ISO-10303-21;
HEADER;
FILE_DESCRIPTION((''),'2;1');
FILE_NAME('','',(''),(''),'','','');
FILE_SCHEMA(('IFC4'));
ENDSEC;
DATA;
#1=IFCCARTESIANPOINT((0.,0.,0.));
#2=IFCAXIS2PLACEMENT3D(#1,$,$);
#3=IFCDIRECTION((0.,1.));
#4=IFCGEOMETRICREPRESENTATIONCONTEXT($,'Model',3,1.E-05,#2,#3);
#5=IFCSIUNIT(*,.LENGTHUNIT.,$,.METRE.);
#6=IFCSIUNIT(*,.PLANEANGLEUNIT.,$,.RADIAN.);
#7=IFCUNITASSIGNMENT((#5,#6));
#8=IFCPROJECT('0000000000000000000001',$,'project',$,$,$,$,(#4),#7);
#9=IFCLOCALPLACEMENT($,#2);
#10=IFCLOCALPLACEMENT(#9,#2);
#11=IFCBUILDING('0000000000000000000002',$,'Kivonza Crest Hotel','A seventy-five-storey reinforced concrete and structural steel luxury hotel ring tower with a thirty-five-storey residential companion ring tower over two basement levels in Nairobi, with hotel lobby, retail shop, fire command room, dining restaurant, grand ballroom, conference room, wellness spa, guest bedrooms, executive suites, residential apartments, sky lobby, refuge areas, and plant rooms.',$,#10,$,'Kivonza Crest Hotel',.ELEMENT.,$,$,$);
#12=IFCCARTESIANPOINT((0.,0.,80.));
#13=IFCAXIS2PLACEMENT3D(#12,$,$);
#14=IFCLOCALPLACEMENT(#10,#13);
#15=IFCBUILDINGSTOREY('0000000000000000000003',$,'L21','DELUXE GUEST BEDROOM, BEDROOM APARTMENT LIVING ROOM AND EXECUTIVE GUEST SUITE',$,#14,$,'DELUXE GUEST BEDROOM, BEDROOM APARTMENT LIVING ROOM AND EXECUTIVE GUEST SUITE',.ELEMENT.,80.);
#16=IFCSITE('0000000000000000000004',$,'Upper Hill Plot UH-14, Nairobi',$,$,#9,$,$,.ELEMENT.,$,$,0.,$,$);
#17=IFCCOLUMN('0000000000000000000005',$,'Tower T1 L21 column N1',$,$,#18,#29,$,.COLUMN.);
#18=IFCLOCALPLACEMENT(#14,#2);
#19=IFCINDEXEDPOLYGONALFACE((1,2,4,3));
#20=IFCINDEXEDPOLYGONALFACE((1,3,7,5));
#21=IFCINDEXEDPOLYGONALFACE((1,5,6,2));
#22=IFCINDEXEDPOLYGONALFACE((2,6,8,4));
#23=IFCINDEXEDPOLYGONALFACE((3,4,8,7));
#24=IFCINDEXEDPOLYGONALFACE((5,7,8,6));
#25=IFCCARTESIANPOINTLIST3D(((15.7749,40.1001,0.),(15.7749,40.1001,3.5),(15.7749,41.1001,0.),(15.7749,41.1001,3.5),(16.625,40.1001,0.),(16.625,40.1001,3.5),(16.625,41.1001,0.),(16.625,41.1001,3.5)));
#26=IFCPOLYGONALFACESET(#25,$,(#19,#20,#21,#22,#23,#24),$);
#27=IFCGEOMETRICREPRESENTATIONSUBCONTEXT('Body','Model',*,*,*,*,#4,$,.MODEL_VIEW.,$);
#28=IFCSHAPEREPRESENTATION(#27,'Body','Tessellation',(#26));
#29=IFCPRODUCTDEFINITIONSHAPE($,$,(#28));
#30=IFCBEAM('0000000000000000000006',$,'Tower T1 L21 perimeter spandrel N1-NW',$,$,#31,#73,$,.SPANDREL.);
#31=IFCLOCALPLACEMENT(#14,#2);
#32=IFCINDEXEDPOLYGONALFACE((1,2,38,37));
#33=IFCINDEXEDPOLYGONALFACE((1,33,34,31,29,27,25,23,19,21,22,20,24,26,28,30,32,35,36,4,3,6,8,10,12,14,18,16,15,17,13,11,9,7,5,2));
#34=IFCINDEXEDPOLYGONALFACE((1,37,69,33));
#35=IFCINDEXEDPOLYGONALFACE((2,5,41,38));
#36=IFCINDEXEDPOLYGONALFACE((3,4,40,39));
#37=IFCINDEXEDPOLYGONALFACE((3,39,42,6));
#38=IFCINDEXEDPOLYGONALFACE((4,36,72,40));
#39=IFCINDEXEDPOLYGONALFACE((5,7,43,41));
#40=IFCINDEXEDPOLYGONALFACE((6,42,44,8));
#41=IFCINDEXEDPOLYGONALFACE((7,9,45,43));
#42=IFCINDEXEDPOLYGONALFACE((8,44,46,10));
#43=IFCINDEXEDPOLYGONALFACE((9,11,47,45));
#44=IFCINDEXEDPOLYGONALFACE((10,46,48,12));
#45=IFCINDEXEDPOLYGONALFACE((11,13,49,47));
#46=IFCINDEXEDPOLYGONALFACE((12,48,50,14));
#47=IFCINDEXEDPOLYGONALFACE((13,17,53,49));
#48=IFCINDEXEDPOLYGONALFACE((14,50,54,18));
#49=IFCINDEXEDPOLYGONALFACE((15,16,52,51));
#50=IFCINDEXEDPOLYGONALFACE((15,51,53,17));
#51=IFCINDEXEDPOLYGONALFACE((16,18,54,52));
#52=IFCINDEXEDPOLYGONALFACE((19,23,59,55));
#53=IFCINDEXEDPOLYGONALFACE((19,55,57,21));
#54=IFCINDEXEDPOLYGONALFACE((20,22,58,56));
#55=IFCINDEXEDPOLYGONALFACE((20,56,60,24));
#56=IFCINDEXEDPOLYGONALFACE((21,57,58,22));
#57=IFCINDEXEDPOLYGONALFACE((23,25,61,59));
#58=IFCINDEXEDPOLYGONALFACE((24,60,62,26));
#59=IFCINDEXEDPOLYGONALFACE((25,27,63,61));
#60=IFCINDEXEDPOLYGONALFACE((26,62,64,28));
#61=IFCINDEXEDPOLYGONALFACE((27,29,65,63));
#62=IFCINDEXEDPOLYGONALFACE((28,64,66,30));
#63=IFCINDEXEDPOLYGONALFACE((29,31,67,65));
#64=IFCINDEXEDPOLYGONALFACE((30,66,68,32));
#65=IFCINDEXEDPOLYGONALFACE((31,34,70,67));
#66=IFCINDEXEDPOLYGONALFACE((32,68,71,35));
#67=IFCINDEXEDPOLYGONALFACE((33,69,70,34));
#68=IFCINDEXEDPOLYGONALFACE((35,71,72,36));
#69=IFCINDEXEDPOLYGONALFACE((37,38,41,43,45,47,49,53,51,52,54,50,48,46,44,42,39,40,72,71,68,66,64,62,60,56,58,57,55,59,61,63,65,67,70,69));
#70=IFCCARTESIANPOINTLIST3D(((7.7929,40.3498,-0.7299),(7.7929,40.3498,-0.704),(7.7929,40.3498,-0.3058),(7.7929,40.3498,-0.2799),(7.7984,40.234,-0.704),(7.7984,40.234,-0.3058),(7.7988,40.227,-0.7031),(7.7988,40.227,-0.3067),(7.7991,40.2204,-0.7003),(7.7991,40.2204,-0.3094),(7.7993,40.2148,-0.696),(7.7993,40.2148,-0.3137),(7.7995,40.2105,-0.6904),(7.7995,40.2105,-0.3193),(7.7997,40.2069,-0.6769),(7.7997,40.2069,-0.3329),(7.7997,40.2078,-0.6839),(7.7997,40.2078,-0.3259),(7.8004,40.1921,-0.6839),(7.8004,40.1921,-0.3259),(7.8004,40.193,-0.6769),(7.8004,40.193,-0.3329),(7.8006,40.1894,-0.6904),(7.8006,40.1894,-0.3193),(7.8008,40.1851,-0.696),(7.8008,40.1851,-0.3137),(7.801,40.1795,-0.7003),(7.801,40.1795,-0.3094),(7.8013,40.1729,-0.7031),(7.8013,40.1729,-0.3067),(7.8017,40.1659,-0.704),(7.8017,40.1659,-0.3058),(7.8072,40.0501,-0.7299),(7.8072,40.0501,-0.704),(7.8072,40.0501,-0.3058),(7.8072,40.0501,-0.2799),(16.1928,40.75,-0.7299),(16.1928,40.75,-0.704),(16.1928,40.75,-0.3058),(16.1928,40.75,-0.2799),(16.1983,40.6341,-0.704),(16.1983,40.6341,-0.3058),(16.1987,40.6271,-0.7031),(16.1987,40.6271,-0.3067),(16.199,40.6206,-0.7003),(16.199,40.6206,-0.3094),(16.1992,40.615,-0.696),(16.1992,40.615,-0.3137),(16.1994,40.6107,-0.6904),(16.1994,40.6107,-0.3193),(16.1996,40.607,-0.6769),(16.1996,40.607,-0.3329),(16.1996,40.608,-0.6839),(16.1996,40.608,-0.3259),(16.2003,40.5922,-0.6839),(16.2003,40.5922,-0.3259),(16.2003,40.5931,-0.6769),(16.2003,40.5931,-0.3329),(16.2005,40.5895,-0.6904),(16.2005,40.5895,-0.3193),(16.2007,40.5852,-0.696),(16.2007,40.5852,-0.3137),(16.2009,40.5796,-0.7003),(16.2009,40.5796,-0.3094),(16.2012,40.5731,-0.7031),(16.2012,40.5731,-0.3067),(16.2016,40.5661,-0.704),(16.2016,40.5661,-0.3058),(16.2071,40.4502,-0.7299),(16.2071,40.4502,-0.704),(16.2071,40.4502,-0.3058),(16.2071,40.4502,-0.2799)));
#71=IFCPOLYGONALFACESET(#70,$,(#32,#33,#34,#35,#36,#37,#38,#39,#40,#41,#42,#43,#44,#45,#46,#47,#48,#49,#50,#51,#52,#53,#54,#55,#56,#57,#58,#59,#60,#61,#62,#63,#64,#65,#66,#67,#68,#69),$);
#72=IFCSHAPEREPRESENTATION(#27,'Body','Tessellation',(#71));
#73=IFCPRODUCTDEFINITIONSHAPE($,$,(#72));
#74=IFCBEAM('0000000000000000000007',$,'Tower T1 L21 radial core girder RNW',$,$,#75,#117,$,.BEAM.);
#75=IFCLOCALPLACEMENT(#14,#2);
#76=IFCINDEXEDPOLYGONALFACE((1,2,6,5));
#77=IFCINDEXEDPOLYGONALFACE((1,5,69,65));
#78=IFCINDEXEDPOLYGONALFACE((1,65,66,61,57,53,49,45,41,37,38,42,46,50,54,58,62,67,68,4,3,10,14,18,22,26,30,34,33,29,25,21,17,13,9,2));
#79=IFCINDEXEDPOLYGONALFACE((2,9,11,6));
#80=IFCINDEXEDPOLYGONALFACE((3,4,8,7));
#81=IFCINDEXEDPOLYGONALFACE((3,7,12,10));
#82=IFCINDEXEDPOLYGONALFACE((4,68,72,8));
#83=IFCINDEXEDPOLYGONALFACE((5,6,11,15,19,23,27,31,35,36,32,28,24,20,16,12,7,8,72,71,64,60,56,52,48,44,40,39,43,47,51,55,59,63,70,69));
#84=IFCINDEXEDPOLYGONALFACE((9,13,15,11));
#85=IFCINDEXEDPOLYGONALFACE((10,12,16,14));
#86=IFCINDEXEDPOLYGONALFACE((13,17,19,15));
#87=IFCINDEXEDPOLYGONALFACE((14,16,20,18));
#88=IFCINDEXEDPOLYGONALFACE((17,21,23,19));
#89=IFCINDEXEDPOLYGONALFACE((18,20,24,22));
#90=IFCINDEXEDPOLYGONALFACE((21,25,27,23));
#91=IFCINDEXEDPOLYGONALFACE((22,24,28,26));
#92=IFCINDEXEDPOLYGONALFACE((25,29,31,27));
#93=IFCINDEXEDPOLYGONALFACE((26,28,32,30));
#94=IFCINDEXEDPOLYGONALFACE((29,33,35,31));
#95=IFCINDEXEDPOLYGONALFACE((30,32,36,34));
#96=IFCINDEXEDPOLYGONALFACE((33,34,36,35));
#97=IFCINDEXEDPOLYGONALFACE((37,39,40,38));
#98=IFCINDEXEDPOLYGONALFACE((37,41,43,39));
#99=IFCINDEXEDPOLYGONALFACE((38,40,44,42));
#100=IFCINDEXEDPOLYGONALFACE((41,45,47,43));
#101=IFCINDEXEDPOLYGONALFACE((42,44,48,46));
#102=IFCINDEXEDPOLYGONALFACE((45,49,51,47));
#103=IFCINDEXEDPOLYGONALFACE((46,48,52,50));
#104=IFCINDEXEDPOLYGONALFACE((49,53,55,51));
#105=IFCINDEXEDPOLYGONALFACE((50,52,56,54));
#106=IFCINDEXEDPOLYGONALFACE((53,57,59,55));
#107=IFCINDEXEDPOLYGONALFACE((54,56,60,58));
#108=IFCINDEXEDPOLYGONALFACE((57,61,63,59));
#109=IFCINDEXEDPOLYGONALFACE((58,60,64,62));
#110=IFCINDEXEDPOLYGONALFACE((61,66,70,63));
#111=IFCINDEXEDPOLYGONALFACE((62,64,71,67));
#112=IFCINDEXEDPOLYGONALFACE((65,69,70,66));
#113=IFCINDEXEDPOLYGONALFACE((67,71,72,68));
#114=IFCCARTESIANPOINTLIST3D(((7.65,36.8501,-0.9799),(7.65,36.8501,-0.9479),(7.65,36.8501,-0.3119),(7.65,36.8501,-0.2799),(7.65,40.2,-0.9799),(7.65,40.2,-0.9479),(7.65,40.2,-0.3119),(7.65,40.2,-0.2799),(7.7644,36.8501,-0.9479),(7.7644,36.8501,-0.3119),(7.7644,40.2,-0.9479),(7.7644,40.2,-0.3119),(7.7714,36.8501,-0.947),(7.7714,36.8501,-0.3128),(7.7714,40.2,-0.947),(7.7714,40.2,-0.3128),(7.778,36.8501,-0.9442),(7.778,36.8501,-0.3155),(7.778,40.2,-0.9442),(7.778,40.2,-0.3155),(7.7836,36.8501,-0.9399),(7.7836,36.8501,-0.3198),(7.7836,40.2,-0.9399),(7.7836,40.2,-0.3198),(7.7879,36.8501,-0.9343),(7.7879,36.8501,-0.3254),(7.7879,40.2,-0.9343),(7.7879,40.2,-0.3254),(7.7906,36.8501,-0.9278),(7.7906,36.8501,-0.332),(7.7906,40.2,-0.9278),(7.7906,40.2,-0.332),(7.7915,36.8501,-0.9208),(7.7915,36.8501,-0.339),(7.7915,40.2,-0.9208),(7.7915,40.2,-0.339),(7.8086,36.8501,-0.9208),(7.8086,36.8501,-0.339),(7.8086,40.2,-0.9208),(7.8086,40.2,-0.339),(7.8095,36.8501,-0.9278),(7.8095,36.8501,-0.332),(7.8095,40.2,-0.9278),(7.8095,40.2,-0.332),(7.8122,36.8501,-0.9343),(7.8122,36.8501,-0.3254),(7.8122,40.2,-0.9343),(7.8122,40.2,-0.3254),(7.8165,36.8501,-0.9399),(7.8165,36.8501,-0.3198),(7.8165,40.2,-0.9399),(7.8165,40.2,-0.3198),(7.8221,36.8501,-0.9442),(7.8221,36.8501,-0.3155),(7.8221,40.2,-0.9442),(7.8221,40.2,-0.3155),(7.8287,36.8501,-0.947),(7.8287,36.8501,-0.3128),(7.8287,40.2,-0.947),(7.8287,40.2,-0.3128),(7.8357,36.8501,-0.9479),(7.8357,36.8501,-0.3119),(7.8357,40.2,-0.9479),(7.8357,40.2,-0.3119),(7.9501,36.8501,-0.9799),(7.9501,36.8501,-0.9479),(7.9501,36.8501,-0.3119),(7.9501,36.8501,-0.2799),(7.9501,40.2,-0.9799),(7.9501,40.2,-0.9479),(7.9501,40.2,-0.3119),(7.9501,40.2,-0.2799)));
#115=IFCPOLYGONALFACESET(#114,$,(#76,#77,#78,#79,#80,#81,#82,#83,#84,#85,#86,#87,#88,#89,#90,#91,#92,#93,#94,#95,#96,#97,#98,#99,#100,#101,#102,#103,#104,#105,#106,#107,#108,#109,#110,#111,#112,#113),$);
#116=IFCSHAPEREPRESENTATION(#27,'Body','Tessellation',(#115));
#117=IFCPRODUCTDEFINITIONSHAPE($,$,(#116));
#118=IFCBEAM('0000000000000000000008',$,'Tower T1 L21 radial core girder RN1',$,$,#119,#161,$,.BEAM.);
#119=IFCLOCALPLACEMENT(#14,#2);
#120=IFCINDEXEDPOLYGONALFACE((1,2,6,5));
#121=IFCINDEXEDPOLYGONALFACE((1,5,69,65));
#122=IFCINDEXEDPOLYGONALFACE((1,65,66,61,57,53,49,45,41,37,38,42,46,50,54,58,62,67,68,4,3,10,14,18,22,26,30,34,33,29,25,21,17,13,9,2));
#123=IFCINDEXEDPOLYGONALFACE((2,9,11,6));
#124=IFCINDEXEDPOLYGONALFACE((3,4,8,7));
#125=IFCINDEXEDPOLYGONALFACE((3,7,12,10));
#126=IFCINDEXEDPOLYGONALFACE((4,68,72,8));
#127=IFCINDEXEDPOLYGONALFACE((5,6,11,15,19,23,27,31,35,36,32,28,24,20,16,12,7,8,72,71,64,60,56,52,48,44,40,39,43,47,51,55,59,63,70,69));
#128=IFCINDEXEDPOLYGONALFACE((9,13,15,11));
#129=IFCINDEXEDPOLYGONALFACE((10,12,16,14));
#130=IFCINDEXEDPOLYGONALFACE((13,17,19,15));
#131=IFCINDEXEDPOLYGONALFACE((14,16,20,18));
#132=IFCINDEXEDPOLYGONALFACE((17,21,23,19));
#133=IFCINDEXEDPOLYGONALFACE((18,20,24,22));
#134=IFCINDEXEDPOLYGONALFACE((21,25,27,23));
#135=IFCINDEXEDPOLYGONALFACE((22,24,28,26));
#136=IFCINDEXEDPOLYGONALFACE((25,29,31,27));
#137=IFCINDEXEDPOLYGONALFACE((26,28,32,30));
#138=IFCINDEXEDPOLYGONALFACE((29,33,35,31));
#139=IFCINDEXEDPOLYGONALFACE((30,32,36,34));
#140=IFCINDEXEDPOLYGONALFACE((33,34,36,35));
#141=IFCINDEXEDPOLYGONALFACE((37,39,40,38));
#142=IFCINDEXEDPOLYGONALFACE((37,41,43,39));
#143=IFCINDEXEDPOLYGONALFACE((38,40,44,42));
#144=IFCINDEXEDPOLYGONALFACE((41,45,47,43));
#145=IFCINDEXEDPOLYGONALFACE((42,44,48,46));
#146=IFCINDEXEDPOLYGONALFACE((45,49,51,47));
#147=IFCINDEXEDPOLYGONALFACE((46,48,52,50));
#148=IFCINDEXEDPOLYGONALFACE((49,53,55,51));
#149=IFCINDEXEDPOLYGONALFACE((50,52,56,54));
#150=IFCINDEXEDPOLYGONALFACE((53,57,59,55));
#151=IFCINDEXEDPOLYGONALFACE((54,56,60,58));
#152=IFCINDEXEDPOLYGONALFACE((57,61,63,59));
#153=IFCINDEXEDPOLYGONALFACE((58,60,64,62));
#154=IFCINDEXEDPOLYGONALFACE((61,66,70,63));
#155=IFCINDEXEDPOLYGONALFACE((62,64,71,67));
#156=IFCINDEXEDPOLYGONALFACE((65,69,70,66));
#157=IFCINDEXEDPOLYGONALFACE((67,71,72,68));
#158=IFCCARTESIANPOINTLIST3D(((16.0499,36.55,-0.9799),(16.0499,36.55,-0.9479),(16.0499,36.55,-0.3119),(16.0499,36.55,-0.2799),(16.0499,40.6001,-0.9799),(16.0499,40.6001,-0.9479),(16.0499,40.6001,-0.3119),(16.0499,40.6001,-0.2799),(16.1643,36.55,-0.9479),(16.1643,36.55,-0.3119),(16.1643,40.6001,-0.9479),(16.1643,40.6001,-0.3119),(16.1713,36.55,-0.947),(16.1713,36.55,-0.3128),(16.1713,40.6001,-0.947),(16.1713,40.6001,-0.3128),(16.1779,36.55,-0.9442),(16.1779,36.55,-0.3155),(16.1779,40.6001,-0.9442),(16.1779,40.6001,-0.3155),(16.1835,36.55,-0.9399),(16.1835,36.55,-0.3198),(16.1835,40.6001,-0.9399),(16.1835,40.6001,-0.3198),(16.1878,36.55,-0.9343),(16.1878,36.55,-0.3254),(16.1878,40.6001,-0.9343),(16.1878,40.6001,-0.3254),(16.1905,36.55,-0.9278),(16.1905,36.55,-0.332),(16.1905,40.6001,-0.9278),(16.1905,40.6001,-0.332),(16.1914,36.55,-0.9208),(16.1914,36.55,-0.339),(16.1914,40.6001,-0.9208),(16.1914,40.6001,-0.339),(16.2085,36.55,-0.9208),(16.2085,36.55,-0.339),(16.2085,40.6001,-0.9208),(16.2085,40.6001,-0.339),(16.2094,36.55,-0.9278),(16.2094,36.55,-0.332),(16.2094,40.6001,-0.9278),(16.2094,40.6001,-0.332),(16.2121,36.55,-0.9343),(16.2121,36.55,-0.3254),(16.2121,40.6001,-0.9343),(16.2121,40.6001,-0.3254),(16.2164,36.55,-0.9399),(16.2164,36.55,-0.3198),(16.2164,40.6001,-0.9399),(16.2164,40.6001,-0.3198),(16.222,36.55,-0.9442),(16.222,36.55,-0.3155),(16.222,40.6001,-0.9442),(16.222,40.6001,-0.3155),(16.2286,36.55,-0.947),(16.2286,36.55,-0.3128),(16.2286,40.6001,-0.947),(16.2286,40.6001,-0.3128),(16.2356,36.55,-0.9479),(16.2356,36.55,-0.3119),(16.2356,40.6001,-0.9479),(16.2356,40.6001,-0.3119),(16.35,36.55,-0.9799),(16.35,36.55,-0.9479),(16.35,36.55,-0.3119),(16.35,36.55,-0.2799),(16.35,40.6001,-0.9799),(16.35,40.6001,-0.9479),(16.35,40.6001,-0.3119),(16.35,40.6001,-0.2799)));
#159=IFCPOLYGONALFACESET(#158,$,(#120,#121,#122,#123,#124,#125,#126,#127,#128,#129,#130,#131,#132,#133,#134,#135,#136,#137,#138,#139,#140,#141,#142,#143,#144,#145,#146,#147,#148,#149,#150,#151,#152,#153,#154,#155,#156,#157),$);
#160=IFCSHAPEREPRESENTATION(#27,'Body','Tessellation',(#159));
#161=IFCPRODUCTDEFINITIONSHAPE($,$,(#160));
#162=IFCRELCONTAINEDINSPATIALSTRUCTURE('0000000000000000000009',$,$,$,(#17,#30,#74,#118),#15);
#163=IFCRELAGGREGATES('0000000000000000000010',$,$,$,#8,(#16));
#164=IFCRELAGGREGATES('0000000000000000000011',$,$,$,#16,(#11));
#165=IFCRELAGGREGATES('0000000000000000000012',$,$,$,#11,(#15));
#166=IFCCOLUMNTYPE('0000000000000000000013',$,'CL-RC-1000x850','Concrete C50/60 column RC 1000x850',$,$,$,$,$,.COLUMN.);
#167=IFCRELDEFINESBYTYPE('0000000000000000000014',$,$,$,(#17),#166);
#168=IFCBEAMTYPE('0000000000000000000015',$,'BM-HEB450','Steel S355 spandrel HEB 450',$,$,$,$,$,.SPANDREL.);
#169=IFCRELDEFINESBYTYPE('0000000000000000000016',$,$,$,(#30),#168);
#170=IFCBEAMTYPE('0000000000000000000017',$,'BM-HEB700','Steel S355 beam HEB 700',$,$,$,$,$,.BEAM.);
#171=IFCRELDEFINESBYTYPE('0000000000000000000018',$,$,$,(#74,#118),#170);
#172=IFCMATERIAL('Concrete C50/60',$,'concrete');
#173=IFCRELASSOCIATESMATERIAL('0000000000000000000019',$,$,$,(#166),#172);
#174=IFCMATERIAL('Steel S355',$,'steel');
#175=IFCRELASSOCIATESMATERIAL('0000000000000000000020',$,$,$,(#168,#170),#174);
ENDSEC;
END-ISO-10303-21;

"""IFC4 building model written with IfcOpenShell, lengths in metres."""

from ifc_helpers import new_model, si_unit, direction, frame, origin, origin_2d, place, context, subcontext, project, spatial, rectangle, i_section, extrude, material, material_profile, profile_set, type_object, element, save


model = new_model("IFC4")

# Units and contexts
model_context = context("Model", 3, precision=1e-05, world=origin(), true_north=direction((0.0, 1.0)))
body_context = subcontext(model_context, "Body", "Model", "MODEL_VIEW")
ifc_project = project(units=[si_unit("LENGTHUNIT", "METRE"), si_unit("PLANEANGLEUNIT", "RADIAN")], contexts=[model_context])

# Site, building, storey
site_placement = place(None, origin())
site = spatial("IfcSite", under=ifc_project, at=site_placement, Name="Upper Hill Plot UH-14, Nairobi", CompositionType="ELEMENT", RefElevation=0.0)
building_placement = place(site_placement, origin())
building = spatial("IfcBuilding", under=site, at=building_placement, Name="Kivonza Crest Hotel", Description="A seventy-five-storey reinforced concrete and structural steel luxury hotel ring tower with a thirty-five-storey residential companion ring tower over two basement levels in Nairobi, with hotel lobby, retail shop, fire command room, dining restaurant, grand ballroom, conference room, wellness spa, guest bedrooms, executive suites, residential apartments, sky lobby, refuge areas, and plant rooms.", LongName="Kivonza Crest Hotel", CompositionType="ELEMENT")
storey_placement = place(building_placement, frame((0.0, 0.0, 80.0)))
storey = spatial("IfcBuildingStorey", under=building, at=storey_placement, Name="L21", Description="DELUXE GUEST BEDROOM, BEDROOM APARTMENT LIVING ROOM AND EXECUTIVE GUEST SUITE", LongName="DELUXE GUEST BEDROOM, BEDROOM APARTMENT LIVING ROOM AND EXECUTIVE GUEST SUITE", CompositionType="ELEMENT", Elevation=80.0)

# Column
ifc_material_1 = material(Name="Concrete C50/60", Category="concrete")
ifc_material_profile_1 = material_profile(ifc_material_1, rectangle(XDim=0.8501, YDim=1.0, at=origin_2d()), Name="RC 1000x850")
ifc_profile_set_1 = profile_set([ifc_material_profile_1], Name="Concrete C50/60")
column_type = type_object("IfcColumnType", Name="CL-RC-1000x850", Description="Concrete C50/60 column RC 1000x850", PredefinedType="COLUMN", material=ifc_profile_set_1)
column_placement = place(storey_placement, frame((16.2, 40.6001, 0.0), z_axis=(0.0, 0.0, 1.0), x_axis=(1.0, 0.0, 0.0)))
element("IfcColumn", 1, at=column_placement, inside=storey, type_object=column_type, Name="Tower T1 L21 column N1", PredefinedType="COLUMN", context=body_context, shape_type="SweptSolid", body=[
    extrude(rectangle(XDim=0.8501, YDim=1.0, at=origin_2d()), origin(), (0.0, 0.0, 1.0), 3.5),
])

# Beams
ifc_material_2 = material(Name="Steel S355", Category="steel")
ifc_material_profile_2 = material_profile(ifc_material_2, i_section(OverallWidth=0.3, OverallDepth=0.45, WebThickness=0.0139, FlangeThickness=0.0259, FilletRadius=0.0271, at=origin_2d()), Name="HEB 450")
ifc_profile_set_2 = profile_set([ifc_material_profile_2], Name="Steel S355")
beam_type_1 = type_object("IfcBeamType", Name="BM-HEB450", Description="Steel S355 spandrel HEB 450", PredefinedType="SPANDREL", material=ifc_profile_set_2)
beam_1_placement = place(storey_placement, frame((16.2, 40.6001, -0.5049), z_axis=(-0.998867, -0.047583, 0.0), x_axis=(0.047583, -0.998867, 0.0)))
element("IfcBeam", 2, at=beam_1_placement, inside=storey, type_object=beam_type_1, Name="Tower T1 L21 perimeter spandrel N1-NW", PredefinedType="SPANDREL", context=body_context, shape_type="SweptSolid", body=[
    extrude(i_section(OverallWidth=0.3, OverallDepth=0.45, WebThickness=0.0139, FlangeThickness=0.0259, FilletRadius=0.0271, at=origin_2d()), origin(), (0.0, 0.0, 1.0), 8.4094),
])
ifc_material_profile_3 = material_profile(ifc_material_2, i_section(OverallWidth=0.3, OverallDepth=0.7, WebThickness=0.0171, FlangeThickness=0.032, FilletRadius=0.0271, at=origin_2d()), Name="HEB 700")
ifc_profile_set_3 = profile_set([ifc_material_profile_3], Name="Steel S355")
beam_type_2 = type_object("IfcBeamType", Name="BM-HEB700", Description="Steel S355 beam HEB 700", PredefinedType="BEAM", material=ifc_profile_set_3)
beam_2_placement = place(storey_placement, frame((7.8, 40.2, -0.6299), z_axis=(0.0, -1.0, 0.0), x_axis=(1.0, 0.0, 0.0)))
element("IfcBeam", 3, at=beam_2_placement, inside=storey, type_object=beam_type_2, Name="Tower T1 L21 radial core girder RNW", PredefinedType="BEAM", context=body_context, shape_type="SweptSolid", body=[
    extrude(i_section(OverallWidth=0.3, OverallDepth=0.7, WebThickness=0.0171, FlangeThickness=0.032, FilletRadius=0.0271, at=origin_2d()), origin(), (0.0, 0.0, 1.0), 3.3499),
])
beam_3_placement = place(storey_placement, frame((16.2, 40.6001, -0.6299), z_axis=(0.0, -1.0, 0.0), x_axis=(1.0, 0.0, 0.0)))
element("IfcBeam", 4, at=beam_3_placement, inside=storey, type_object=beam_type_2, Name="Tower T1 L21 radial core girder RN1", PredefinedType="BEAM", context=body_context, shape_type="SweptSolid", body=[
    extrude(i_section(OverallWidth=0.3, OverallDepth=0.7, WebThickness=0.0171, FlangeThickness=0.032, FilletRadius=0.0271, at=origin_2d()), origin(), (0.0, 0.0, 1.0), 4.05),
])

save(model, "model.ifc")
